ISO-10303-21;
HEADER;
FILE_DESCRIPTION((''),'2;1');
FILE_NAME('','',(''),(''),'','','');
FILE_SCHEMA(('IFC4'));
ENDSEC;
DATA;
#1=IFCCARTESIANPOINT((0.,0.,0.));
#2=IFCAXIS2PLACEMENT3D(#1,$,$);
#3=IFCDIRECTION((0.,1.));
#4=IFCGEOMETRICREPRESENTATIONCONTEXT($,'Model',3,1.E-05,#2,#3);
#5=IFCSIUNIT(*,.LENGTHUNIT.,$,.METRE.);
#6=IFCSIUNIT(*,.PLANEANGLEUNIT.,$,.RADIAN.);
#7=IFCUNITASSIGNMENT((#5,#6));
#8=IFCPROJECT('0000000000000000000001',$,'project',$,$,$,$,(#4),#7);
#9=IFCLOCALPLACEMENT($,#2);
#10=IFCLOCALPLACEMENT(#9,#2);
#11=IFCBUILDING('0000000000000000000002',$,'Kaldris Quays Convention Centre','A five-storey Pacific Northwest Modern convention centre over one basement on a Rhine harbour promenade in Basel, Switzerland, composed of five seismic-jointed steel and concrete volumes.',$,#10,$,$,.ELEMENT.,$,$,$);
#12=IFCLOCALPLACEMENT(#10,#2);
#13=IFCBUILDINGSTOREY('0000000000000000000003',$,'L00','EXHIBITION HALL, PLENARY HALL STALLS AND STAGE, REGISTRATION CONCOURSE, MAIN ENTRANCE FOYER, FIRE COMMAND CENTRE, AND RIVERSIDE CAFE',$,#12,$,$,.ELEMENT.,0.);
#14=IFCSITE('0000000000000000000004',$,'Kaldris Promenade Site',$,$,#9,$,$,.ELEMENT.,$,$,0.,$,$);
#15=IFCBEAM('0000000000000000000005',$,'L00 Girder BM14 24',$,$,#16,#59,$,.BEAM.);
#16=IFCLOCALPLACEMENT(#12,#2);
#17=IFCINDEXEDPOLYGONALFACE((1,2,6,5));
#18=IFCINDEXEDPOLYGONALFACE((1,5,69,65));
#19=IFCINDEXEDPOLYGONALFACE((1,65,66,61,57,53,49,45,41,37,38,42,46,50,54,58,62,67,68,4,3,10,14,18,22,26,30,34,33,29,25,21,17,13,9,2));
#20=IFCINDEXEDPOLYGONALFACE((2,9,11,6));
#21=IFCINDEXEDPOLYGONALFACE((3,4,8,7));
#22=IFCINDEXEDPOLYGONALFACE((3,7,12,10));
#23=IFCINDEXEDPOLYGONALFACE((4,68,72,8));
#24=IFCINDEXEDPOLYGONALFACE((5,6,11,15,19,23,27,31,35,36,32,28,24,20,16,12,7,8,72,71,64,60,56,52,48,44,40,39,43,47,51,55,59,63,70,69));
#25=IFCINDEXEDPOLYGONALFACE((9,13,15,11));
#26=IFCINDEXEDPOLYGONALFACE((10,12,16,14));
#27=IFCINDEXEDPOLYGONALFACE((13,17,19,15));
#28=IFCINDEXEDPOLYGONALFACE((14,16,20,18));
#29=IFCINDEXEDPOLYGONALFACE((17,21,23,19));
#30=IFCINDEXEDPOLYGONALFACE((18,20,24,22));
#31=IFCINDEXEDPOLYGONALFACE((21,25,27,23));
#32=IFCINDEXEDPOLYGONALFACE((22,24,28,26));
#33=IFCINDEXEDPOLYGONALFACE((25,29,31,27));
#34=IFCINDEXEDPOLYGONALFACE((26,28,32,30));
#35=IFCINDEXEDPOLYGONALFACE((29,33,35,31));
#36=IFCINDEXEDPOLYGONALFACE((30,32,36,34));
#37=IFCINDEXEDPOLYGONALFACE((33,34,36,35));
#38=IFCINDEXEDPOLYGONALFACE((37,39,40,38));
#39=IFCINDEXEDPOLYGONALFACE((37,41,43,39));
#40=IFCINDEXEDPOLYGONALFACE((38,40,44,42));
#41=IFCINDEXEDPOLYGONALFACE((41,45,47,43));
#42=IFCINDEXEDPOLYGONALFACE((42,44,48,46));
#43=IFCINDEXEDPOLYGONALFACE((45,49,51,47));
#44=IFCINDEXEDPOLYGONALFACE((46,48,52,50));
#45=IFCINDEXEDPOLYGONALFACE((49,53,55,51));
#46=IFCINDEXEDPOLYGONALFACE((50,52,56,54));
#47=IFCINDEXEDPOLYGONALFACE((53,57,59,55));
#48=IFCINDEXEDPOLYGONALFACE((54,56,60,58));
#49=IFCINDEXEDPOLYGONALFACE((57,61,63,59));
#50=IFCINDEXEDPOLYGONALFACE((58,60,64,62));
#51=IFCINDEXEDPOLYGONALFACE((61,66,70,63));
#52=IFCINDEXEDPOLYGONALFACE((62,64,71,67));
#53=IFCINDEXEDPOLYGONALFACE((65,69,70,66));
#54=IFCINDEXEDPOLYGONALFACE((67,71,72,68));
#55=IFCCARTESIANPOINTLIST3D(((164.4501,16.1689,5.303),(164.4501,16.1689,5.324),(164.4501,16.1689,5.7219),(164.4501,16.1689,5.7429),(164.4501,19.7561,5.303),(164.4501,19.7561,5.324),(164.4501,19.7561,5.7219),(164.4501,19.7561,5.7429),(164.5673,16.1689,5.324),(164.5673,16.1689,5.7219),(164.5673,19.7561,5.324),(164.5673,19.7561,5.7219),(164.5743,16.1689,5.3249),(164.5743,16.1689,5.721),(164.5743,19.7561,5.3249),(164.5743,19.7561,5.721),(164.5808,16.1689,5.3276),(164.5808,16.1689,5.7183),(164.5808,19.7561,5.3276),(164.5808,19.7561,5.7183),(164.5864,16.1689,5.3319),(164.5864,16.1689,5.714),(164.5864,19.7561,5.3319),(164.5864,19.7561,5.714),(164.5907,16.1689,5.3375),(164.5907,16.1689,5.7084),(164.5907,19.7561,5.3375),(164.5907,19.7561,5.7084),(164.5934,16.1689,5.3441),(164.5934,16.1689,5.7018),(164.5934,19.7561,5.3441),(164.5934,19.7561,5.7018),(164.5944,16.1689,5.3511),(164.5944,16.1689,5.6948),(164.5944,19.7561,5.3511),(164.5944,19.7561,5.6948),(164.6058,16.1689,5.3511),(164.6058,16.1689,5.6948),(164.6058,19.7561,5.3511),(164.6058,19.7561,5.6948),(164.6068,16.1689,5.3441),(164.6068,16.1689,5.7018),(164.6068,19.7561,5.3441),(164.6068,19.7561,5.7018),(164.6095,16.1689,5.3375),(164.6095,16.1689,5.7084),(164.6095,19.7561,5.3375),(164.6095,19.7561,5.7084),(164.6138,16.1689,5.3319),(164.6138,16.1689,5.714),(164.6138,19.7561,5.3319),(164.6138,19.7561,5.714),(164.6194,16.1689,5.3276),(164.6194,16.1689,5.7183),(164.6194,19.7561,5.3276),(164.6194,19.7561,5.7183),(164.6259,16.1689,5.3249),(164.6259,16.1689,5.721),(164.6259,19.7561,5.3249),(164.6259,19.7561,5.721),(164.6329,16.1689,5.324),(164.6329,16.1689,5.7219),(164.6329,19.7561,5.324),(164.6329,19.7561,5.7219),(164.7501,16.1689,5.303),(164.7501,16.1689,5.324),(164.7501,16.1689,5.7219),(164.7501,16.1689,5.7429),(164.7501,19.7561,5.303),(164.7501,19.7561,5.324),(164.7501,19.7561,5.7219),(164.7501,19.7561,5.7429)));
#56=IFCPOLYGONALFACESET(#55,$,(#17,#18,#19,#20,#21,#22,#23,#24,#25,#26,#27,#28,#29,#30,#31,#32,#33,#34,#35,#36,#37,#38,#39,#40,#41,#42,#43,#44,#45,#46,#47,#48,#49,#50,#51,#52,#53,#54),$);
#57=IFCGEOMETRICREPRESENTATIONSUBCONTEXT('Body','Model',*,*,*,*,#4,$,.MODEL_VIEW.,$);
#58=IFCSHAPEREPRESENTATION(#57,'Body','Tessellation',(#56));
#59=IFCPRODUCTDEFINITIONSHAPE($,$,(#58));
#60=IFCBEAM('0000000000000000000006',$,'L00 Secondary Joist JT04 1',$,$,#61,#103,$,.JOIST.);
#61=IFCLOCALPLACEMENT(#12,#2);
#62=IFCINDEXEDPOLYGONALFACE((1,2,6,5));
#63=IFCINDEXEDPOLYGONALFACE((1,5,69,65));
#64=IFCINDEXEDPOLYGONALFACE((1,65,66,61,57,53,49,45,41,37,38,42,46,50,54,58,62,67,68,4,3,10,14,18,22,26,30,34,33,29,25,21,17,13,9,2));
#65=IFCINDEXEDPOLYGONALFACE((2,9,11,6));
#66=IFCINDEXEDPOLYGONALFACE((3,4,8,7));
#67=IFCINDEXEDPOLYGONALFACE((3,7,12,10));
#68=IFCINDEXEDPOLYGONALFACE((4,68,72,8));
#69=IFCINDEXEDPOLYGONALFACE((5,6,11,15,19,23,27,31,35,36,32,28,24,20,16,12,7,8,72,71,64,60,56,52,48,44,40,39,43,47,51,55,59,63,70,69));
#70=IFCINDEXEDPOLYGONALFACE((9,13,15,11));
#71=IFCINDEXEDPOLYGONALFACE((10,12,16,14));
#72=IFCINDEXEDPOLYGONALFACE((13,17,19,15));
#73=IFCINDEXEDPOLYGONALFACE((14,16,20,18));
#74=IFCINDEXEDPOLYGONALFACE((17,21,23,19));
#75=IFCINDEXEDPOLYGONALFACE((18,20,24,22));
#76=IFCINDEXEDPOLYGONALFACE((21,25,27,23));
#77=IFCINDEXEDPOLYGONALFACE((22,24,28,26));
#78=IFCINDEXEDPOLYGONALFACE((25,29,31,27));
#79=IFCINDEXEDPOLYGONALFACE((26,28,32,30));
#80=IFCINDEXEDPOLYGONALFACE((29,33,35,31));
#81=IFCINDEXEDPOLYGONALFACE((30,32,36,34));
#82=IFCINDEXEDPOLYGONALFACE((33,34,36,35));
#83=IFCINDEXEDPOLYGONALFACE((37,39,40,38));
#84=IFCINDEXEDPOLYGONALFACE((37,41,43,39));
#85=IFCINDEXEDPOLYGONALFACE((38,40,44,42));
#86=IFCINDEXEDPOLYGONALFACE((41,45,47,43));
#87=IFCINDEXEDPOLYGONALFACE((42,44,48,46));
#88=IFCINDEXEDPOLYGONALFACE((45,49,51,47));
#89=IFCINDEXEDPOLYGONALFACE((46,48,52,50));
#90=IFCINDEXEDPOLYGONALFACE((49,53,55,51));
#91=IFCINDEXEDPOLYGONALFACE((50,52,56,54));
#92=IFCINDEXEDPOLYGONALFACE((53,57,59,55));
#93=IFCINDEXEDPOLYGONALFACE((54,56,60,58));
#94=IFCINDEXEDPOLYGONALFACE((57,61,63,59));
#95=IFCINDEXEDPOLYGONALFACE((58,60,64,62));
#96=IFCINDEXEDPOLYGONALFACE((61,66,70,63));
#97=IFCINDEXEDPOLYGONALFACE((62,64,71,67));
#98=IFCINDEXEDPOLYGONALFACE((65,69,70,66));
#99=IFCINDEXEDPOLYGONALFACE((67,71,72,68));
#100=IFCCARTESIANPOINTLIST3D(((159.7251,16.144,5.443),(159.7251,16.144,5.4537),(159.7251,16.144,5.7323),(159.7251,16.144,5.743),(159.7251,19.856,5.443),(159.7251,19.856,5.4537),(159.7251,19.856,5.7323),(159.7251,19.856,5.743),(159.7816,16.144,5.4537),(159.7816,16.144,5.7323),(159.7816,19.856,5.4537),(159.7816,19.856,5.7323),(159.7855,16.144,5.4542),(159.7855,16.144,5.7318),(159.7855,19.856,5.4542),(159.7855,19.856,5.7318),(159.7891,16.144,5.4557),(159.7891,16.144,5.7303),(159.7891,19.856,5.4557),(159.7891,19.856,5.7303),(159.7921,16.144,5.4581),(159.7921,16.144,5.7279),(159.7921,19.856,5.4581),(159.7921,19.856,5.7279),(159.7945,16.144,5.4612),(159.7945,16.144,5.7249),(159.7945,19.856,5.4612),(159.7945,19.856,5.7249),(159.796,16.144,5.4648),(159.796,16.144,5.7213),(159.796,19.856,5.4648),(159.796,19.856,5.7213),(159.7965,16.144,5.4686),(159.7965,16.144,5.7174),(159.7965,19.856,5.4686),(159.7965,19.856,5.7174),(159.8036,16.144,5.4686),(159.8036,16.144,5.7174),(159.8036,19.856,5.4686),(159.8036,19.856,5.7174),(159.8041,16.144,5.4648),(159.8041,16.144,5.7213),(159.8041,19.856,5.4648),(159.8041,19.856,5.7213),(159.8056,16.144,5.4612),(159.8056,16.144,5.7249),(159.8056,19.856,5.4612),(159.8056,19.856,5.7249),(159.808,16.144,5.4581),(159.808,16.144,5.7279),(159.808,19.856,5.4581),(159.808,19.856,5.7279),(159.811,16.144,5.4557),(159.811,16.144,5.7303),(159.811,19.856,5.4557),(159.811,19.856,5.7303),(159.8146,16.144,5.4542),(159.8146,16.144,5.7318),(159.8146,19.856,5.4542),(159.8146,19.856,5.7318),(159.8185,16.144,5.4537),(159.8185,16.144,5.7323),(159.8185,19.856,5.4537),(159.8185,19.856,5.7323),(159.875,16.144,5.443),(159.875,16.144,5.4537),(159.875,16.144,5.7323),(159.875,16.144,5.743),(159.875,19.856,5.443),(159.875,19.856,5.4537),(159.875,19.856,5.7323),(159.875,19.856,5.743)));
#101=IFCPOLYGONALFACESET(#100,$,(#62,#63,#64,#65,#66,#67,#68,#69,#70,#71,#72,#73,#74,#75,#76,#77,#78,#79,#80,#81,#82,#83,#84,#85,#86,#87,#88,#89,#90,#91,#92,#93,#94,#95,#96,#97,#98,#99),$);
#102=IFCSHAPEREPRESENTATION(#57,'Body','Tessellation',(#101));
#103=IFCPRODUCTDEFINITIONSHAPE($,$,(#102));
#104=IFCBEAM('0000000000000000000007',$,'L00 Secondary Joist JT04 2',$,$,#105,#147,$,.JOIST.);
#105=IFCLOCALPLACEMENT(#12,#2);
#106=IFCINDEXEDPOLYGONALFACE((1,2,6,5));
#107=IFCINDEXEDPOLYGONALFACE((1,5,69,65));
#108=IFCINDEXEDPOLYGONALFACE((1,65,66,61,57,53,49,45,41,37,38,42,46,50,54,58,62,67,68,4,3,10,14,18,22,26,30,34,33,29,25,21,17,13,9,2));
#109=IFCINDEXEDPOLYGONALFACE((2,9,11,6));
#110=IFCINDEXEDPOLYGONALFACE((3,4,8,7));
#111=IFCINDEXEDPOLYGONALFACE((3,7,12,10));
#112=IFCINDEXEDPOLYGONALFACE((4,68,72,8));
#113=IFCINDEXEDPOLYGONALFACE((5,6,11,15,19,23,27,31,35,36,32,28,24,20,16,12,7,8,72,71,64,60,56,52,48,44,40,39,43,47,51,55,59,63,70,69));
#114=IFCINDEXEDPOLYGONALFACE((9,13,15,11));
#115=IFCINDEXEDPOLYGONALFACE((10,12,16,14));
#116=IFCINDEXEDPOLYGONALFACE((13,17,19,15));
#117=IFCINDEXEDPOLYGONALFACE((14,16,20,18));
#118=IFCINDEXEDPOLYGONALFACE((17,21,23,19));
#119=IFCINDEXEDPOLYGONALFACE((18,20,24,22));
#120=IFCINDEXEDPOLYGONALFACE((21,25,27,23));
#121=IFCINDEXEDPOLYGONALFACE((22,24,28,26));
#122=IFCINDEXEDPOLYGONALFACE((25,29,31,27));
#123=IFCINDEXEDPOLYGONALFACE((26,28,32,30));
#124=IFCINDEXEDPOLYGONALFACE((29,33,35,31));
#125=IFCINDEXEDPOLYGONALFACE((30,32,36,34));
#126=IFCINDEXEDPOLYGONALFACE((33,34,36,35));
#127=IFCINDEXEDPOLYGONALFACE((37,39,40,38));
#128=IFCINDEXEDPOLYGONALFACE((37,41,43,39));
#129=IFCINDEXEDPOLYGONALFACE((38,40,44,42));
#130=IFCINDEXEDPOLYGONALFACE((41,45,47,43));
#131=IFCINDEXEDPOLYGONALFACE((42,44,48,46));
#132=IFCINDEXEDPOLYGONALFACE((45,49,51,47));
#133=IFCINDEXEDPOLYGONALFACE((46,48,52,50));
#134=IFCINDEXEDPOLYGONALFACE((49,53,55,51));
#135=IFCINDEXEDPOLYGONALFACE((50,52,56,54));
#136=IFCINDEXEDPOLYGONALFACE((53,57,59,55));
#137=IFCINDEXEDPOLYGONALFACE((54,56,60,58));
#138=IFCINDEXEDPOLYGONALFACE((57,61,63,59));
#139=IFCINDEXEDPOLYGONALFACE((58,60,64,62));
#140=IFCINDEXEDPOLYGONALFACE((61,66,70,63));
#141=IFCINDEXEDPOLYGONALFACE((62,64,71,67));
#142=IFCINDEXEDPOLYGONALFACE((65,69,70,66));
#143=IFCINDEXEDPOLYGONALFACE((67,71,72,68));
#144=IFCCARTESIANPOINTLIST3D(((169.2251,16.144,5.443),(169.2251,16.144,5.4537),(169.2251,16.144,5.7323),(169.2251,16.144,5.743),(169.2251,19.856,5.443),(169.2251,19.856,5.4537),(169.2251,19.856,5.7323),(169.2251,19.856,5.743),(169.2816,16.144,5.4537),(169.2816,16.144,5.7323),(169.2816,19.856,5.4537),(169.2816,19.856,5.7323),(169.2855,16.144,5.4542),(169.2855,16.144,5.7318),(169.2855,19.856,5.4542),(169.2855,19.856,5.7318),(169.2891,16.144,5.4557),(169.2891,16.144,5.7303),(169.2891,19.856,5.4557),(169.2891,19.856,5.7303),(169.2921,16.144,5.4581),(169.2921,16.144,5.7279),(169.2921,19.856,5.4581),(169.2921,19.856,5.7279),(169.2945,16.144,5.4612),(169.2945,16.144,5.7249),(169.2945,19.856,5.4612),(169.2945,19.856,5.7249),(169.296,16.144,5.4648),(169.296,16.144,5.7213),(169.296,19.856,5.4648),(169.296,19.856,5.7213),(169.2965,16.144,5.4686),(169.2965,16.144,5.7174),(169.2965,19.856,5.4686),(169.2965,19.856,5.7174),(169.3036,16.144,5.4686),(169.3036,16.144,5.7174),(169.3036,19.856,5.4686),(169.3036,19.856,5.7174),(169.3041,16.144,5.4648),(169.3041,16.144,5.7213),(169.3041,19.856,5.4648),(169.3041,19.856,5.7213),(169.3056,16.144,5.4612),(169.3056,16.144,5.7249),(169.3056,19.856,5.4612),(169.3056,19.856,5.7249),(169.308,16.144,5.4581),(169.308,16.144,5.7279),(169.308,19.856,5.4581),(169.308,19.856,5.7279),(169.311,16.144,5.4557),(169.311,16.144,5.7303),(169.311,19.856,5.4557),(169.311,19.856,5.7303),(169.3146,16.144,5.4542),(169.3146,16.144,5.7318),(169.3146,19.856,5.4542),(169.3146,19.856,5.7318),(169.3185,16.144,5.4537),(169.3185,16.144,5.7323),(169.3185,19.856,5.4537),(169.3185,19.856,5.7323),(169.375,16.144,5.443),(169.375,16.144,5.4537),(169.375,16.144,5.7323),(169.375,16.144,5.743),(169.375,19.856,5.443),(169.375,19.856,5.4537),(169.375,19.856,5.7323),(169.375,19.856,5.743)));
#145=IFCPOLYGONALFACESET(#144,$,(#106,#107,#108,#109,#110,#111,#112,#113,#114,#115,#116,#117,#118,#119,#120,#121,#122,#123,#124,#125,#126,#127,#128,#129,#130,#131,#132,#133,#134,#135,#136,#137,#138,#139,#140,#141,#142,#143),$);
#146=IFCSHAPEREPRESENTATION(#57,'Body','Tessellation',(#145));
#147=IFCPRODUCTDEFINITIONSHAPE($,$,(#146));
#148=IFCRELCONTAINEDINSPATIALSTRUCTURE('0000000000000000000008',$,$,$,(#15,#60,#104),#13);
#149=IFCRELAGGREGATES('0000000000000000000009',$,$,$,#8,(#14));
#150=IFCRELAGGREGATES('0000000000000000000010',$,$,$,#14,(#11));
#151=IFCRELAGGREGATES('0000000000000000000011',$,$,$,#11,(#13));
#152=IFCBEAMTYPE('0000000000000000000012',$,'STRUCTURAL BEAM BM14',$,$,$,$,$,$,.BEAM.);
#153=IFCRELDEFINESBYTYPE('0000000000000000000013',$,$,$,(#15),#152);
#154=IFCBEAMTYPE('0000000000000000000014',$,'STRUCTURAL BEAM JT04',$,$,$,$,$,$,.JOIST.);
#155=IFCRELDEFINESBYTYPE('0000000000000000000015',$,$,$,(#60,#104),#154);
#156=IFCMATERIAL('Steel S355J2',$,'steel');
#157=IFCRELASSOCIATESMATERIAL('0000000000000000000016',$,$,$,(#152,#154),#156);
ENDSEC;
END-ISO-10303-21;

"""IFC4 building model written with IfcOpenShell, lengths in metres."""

from ifc_helpers import new_model, si_unit, direction, frame, origin, origin_2d, place, context, subcontext, project, spatial, i_section, extrude, material, material_profile, profile_set, type_object, element, save


model = new_model("IFC4")

# Units and contexts
model_context = context("Model", 3, precision=1e-05, world=origin(), true_north=direction((0.0, 1.0)))
body_context = subcontext(model_context, "Body", "Model", "MODEL_VIEW")
ifc_project = project(units=[si_unit("LENGTHUNIT", "METRE"), si_unit("PLANEANGLEUNIT", "RADIAN")], contexts=[model_context])

# Site, building, storey
site_placement = place(None, origin())
site = spatial("IfcSite", under=ifc_project, at=site_placement, Name="Kaldris Promenade Site", CompositionType="ELEMENT", RefElevation=0.0)
building_placement = place(site_placement, origin())
building = spatial("IfcBuilding", under=site, at=building_placement, Name="Kaldris Quays Convention Centre", Description="A five-storey Pacific Northwest Modern convention centre over one basement on a Rhine harbour promenade in Basel, Switzerland, composed of five seismic-jointed steel and concrete volumes.", CompositionType="ELEMENT")
storey_placement = place(building_placement, origin())
storey = spatial("IfcBuildingStorey", under=building, at=storey_placement, Name="L00", Description="EXHIBITION HALL, PLENARY HALL STALLS AND STAGE, REGISTRATION CONCOURSE, MAIN ENTRANCE FOYER, FIRE COMMAND CENTRE, AND RIVERSIDE CAFE", CompositionType="ELEMENT", Elevation=0.0)

# Shared definitions
ifc_material_1 = material(Name="Steel S355J2", Category="steel")

# Beams
ifc_material_profile_1 = material_profile(ifc_material_1, i_section(OverallWidth=0.3, OverallDepth=0.4399, WebThickness=0.0115, FlangeThickness=0.021, FilletRadius=0.0271, at=origin_2d()), Name="HEA 450")
ifc_profile_set_1 = profile_set([ifc_material_profile_1], Name="Steel S355J2")
beam_type_1 = type_object("IfcBeamType", Name="STRUCTURAL BEAM BM14", PredefinedType="BEAM", material=ifc_profile_set_1)
beam_1_placement = place(storey_placement, frame((164.6001, 16.1689, 5.5229), z_axis=(0.0, 1.0, 0.0), x_axis=(-1.0, 0.0, 0.0)))
element("IfcBeam", 1, at=beam_1_placement, inside=storey, type_object=beam_type_1, Name="L00 Girder BM14 24", PredefinedType="BEAM", context=body_context, shape_type="SweptSolid", body=[
    extrude(i_section(OverallWidth=0.3, OverallDepth=0.4399, WebThickness=0.0115, FlangeThickness=0.021, FilletRadius=0.0271, at=origin_2d()), origin(), (0.0, 0.0, 1.0), 3.5872),
])
ifc_material_profile_2 = material_profile(ifc_material_1, i_section(OverallWidth=0.1499, OverallDepth=0.3, WebThickness=0.0071, FlangeThickness=0.0107, FilletRadius=0.0149, at=origin_2d()), Name="IPE 300")
ifc_profile_set_2 = profile_set([ifc_material_profile_2], Name="Steel S355J2")
beam_type_2 = type_object("IfcBeamType", Name="STRUCTURAL BEAM JT04", PredefinedType="JOIST", material=ifc_profile_set_2)
for number, where, z_axis, x_axis, name in (
    (2, (159.8, 16.144, 5.593), (0.0, 1.0, 0.0), (-1.0, 0.0, 0.0), "L00 Secondary Joist JT04 1"),
    (3, (169.3, 16.144, 5.593), (0.0, 1.0, 0.0), (-1.0, 0.0, 0.0), "L00 Secondary Joist JT04 2"),
):
    element("IfcBeam", number, at=place(storey_placement, frame(where, z_axis=z_axis, x_axis=x_axis)), inside=storey, type_object=beam_type_2, Name=name, PredefinedType="JOIST", context=body_context, shape_type="SweptSolid", body=[
        extrude(i_section(OverallWidth=0.1499, OverallDepth=0.3, WebThickness=0.0071, FlangeThickness=0.0107, FilletRadius=0.0149, at=origin_2d()), origin(), (0.0, 0.0, 1.0), 3.7119),
    ])

save(model, "model.ifc")
